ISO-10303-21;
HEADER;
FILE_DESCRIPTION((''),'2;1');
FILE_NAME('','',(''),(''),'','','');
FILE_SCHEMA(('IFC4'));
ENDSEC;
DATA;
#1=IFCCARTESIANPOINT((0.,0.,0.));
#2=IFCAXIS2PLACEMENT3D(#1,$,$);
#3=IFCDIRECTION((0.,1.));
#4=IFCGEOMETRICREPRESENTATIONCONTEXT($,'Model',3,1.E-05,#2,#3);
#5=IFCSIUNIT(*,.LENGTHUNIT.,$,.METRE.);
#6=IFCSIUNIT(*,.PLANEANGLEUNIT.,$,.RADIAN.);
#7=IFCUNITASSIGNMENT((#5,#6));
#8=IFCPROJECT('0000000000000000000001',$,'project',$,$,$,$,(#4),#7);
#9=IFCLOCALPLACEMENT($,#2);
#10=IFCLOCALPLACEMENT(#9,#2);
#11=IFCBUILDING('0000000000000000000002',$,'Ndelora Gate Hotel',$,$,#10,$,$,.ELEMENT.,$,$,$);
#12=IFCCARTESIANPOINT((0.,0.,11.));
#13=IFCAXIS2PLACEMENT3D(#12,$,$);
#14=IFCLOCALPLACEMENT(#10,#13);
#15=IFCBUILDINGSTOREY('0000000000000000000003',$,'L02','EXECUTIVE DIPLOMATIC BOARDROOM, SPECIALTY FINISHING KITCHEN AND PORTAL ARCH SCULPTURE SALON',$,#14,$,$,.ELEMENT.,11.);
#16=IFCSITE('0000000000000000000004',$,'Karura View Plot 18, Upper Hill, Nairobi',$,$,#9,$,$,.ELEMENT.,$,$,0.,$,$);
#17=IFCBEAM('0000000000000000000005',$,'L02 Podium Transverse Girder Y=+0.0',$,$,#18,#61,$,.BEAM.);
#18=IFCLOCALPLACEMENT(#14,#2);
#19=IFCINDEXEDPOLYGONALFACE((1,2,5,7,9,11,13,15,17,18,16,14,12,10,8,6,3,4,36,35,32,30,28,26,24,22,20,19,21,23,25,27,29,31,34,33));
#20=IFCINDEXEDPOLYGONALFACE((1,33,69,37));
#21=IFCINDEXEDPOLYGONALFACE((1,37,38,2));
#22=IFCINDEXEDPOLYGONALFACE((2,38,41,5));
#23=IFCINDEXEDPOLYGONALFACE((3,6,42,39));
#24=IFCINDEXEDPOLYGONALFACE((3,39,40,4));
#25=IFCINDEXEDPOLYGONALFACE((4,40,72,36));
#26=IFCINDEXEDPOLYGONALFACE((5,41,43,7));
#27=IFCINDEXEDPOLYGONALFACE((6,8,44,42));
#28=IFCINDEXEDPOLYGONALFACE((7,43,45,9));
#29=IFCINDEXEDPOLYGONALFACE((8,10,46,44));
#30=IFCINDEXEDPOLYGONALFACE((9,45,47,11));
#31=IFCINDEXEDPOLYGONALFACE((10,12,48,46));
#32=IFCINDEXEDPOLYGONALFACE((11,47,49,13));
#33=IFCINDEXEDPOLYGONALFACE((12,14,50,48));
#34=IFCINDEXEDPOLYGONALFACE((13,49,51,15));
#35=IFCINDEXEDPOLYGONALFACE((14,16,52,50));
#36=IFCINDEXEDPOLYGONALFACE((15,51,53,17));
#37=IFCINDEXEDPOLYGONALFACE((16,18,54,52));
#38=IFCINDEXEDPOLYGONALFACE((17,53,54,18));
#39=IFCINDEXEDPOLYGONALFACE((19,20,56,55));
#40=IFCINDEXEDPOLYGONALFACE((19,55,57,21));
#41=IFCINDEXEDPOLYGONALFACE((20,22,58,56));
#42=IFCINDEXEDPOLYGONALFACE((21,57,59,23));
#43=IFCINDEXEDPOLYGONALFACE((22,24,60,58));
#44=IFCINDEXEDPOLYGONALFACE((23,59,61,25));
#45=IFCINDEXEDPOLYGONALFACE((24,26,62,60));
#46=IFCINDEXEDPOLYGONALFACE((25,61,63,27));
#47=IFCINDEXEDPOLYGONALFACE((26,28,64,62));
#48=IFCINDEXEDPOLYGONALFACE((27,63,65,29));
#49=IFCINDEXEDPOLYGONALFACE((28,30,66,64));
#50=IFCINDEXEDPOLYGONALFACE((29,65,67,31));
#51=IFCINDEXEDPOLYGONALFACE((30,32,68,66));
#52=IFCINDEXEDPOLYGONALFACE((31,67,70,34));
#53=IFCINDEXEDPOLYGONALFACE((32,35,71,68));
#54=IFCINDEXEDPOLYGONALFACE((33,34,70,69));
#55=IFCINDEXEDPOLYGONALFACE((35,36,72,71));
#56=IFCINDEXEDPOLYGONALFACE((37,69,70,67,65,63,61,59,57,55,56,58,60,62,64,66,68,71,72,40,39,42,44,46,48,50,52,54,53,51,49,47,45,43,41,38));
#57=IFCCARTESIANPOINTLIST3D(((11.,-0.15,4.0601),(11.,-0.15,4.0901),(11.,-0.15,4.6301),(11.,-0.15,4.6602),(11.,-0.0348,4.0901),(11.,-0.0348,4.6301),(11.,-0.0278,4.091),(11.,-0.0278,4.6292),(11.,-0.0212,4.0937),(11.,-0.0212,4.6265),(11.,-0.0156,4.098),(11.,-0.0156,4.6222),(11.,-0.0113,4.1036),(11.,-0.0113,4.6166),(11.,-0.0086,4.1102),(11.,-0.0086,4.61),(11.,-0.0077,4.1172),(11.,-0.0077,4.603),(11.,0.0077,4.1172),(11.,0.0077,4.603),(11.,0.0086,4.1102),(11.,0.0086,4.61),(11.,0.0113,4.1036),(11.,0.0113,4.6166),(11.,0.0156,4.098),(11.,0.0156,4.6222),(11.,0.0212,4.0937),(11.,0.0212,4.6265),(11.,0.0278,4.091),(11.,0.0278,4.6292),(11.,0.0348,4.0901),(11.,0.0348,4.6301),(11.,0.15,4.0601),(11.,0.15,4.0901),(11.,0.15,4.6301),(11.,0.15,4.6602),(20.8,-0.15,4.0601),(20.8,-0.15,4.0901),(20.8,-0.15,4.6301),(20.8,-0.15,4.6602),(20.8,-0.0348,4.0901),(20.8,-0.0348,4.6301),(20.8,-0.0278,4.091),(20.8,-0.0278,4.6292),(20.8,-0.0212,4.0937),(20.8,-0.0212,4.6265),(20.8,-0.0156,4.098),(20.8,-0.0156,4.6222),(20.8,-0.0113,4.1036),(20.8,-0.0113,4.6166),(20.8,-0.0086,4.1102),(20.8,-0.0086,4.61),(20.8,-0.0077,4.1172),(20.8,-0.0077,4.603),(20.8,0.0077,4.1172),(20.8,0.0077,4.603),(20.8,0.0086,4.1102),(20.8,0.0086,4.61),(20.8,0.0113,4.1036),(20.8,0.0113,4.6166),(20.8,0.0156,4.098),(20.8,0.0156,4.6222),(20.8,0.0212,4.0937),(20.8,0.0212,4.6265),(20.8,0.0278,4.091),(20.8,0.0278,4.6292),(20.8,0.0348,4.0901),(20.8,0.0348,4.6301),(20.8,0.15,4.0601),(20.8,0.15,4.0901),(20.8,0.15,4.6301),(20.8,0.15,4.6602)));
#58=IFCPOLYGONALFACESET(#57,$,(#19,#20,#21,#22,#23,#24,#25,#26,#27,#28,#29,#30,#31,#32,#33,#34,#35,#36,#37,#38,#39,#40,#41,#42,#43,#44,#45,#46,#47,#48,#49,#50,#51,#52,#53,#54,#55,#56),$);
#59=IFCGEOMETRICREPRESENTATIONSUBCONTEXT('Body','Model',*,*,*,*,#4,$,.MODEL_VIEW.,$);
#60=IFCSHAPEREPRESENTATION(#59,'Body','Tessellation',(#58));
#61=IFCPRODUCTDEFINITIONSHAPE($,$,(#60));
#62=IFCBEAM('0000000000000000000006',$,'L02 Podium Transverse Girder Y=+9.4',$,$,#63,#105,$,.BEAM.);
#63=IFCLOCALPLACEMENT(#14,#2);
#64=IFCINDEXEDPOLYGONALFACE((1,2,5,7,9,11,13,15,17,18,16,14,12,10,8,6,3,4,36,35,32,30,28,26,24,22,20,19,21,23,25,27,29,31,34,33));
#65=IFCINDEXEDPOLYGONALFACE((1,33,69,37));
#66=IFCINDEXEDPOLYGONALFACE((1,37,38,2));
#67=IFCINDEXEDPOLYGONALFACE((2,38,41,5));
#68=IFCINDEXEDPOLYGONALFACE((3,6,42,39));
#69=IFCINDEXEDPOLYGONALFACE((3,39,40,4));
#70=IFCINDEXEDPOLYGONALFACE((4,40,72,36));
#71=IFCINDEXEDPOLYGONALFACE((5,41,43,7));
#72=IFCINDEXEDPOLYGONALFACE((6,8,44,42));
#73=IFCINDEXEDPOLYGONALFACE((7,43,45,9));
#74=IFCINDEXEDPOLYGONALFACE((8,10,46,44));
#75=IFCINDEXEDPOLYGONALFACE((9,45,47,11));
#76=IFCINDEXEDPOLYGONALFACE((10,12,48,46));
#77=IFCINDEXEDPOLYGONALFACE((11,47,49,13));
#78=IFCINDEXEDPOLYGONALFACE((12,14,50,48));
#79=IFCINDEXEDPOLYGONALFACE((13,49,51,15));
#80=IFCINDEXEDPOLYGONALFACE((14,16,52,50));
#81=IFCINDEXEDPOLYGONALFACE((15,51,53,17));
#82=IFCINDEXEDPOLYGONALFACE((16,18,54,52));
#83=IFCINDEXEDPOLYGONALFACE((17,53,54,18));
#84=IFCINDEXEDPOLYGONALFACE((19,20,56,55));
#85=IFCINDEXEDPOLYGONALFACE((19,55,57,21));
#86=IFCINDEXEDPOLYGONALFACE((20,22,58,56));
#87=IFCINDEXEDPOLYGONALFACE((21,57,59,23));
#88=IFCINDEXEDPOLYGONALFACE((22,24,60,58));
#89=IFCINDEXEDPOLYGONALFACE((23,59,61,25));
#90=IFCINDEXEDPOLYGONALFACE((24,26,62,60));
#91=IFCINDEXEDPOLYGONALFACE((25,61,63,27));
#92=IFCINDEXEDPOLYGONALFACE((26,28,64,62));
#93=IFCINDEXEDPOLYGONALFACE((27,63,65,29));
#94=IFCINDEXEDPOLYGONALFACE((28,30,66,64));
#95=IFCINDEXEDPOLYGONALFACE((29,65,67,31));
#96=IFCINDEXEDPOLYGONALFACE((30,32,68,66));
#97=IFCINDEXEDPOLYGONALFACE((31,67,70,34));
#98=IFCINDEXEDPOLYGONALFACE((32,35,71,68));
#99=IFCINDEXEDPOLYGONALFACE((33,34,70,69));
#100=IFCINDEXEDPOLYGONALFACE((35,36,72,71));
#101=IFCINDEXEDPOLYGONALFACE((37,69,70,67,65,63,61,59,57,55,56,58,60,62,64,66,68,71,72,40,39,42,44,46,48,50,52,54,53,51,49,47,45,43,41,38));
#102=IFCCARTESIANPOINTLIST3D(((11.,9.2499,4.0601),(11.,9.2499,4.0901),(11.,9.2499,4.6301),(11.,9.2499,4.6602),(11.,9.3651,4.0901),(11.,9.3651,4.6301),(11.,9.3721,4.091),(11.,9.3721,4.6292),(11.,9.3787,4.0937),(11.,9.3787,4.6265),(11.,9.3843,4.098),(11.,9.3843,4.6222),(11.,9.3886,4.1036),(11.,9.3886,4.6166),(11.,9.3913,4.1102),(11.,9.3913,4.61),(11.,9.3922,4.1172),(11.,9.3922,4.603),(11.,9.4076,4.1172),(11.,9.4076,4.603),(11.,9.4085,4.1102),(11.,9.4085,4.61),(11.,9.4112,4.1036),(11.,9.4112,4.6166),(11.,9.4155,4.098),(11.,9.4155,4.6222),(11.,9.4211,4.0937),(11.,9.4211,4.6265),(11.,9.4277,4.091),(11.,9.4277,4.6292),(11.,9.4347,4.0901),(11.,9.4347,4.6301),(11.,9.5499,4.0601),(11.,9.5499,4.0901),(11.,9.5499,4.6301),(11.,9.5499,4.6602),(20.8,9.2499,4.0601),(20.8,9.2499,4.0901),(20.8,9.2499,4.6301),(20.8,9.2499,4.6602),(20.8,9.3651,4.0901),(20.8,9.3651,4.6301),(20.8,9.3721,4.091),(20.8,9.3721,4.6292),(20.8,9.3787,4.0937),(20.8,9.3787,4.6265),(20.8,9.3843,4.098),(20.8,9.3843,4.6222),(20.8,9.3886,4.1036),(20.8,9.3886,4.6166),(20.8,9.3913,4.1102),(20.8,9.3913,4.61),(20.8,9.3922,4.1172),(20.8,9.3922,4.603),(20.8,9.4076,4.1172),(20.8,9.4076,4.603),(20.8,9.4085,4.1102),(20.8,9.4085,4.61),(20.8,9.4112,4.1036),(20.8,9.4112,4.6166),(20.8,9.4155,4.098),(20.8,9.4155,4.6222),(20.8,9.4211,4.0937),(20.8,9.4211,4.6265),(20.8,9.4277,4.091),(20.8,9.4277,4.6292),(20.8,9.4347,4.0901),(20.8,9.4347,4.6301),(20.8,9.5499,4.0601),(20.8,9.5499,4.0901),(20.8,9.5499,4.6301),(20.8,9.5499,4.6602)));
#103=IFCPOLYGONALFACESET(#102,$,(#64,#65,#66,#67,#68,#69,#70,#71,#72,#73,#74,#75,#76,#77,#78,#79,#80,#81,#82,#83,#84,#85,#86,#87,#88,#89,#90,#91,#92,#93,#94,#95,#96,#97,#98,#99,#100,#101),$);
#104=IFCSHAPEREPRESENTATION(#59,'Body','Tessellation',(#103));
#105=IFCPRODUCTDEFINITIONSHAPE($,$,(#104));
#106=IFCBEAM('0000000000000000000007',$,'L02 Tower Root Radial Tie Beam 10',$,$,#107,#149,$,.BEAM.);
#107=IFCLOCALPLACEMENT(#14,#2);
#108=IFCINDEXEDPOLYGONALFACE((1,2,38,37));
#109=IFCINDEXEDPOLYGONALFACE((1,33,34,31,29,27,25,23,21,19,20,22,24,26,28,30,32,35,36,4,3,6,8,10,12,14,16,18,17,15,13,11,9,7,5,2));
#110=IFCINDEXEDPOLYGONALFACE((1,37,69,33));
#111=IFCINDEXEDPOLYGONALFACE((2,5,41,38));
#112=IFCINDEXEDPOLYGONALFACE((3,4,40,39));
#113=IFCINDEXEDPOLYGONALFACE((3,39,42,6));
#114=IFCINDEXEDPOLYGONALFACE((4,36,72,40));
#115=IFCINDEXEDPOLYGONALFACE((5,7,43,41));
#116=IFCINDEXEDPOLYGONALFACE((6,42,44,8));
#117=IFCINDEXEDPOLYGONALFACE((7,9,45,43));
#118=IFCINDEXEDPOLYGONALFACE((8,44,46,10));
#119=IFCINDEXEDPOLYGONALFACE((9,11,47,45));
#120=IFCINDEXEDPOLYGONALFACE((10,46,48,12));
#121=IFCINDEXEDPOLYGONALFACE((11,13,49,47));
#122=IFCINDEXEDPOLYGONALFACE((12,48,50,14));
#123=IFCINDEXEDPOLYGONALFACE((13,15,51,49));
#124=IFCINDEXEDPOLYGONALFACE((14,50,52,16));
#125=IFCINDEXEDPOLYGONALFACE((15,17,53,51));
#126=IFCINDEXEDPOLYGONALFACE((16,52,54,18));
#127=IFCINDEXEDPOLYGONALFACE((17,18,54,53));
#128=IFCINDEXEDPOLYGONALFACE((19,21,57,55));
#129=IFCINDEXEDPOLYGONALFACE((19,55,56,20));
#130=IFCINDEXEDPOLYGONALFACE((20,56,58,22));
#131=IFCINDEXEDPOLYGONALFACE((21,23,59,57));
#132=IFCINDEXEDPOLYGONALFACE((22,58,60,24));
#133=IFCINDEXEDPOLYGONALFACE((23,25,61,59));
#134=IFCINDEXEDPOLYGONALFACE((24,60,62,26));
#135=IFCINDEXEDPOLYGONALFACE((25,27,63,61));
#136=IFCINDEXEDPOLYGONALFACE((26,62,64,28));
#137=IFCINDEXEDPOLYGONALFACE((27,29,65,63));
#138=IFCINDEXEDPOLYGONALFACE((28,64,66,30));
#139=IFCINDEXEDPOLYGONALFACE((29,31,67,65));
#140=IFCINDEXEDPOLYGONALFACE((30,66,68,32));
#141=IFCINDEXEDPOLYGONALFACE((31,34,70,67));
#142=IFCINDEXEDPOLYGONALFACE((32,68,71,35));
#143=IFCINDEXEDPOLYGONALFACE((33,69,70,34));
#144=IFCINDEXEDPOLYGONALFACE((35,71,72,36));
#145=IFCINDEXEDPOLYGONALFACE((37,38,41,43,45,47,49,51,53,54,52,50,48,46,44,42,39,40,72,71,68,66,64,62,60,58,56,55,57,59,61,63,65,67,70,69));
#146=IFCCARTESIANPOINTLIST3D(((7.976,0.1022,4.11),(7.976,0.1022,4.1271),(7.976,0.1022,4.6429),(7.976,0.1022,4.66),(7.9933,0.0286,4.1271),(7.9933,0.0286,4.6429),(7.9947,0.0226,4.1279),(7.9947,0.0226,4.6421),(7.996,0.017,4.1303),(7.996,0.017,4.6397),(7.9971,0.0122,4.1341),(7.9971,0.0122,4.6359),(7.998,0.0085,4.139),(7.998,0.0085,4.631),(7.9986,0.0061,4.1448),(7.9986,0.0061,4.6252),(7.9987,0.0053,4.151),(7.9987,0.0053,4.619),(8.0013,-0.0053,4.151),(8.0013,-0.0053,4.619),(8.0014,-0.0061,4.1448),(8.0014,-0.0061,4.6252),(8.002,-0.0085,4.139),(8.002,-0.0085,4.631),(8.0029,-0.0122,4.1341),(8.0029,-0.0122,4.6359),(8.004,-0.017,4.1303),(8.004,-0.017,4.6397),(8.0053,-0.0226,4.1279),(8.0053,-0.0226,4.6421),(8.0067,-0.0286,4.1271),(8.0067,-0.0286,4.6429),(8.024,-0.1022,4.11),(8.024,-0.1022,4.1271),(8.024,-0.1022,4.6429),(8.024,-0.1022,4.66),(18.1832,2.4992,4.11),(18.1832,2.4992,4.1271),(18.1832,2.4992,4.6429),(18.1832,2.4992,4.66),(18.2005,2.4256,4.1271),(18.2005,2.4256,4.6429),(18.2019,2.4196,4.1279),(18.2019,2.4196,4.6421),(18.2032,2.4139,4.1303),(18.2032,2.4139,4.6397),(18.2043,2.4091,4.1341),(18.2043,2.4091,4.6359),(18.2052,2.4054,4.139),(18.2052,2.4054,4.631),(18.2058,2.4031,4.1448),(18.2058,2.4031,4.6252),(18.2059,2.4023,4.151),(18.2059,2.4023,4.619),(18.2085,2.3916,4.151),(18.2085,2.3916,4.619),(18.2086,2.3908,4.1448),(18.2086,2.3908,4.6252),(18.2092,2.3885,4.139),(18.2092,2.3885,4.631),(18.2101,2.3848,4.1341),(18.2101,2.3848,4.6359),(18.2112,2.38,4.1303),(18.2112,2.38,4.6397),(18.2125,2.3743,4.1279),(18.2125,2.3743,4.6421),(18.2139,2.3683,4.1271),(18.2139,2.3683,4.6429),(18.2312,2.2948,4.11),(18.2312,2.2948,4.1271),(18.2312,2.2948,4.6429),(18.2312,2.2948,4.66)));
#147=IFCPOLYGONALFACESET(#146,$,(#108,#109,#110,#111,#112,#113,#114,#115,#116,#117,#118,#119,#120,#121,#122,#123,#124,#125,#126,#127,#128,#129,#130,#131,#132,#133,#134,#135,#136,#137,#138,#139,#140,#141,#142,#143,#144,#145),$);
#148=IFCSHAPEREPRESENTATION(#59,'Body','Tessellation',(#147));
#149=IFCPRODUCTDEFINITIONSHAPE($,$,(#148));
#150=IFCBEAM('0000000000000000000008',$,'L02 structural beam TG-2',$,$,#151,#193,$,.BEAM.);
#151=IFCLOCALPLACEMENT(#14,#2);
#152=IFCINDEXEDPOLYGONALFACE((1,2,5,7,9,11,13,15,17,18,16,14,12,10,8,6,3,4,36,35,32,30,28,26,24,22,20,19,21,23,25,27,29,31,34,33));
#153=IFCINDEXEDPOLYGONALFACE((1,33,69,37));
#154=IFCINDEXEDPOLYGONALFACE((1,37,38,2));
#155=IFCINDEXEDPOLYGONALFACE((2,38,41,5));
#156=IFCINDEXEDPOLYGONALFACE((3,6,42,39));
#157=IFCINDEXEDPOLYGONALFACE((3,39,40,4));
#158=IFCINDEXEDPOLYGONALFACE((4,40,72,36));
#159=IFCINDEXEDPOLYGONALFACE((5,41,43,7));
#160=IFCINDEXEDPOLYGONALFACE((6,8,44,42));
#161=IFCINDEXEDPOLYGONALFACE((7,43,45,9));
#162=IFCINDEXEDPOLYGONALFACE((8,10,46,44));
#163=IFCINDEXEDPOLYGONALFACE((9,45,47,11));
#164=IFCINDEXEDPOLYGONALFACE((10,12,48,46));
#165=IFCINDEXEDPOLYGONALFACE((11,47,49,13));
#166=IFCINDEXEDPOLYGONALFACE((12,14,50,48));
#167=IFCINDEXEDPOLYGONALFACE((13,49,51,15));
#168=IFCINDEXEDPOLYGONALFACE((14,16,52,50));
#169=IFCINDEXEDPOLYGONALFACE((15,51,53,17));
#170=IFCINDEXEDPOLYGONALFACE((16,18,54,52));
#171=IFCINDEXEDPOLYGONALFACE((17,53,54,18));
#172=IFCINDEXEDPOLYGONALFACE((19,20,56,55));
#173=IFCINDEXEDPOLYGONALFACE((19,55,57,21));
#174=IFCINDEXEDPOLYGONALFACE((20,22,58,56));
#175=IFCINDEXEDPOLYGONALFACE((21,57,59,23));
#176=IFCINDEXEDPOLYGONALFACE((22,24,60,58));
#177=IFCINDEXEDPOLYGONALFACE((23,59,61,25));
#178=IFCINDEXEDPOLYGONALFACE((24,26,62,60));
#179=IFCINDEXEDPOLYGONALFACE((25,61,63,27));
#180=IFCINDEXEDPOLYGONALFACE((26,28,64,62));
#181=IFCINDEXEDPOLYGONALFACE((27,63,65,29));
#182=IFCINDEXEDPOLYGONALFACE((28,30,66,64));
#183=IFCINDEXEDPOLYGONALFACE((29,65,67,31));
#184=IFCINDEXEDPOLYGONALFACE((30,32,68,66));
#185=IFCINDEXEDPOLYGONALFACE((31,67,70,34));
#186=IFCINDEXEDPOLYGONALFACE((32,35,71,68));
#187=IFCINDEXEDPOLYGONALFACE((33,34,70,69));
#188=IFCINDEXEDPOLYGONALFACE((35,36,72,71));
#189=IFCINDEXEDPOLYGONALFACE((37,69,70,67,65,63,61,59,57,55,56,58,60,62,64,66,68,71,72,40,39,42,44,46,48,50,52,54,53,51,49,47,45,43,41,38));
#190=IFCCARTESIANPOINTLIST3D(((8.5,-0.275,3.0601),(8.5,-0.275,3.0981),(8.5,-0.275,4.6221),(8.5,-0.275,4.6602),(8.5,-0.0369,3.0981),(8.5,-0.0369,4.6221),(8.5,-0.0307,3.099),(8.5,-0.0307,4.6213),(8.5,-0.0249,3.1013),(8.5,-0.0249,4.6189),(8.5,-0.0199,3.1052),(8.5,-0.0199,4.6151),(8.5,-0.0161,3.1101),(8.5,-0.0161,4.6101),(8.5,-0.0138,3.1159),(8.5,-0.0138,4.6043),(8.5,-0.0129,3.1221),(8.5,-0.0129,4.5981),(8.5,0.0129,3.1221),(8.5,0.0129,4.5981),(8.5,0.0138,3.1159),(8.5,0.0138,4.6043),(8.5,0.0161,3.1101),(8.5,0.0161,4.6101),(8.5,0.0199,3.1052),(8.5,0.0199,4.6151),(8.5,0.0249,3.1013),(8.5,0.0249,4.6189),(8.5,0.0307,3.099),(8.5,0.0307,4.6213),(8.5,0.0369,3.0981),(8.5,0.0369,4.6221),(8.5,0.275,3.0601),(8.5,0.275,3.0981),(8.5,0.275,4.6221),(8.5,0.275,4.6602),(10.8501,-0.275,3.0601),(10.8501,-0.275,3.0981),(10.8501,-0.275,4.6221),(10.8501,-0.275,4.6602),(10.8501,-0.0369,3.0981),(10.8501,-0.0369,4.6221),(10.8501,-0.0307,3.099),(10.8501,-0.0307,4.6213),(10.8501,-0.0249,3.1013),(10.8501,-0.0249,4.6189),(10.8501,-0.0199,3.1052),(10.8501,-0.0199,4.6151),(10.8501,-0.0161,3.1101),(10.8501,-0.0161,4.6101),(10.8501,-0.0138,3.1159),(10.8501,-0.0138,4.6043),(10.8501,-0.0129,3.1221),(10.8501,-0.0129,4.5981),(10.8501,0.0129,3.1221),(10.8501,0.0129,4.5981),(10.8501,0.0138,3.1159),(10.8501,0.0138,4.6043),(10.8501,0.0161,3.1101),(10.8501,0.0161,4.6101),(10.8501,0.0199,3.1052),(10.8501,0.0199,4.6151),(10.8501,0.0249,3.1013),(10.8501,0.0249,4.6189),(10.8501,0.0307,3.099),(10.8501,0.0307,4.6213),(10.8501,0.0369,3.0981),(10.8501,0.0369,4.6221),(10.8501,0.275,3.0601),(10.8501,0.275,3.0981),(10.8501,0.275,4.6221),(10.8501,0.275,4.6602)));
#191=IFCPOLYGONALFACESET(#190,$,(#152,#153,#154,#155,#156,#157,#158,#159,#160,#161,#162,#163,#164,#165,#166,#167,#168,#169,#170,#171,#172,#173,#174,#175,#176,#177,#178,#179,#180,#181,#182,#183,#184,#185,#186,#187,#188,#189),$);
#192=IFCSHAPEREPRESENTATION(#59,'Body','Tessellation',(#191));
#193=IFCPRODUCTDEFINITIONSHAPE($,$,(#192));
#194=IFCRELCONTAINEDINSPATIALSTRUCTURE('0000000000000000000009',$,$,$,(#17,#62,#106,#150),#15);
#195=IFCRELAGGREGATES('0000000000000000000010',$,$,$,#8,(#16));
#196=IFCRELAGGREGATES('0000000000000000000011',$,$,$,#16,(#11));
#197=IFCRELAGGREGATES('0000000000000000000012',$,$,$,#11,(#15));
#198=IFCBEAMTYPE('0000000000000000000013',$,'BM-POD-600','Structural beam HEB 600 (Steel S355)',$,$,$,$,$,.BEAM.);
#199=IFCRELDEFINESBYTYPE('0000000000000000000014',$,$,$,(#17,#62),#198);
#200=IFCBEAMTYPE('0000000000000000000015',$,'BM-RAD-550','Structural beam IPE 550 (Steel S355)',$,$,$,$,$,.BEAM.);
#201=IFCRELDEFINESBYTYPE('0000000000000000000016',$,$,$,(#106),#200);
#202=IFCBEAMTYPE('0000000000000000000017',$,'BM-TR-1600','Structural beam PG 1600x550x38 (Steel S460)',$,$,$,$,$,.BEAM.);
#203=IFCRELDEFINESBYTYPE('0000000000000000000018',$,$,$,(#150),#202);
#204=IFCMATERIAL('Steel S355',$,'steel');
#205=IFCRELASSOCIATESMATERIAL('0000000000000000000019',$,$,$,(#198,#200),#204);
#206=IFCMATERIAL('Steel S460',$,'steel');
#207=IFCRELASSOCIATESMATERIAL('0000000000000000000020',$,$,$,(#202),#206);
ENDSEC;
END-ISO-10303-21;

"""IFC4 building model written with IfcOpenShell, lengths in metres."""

from ifc_helpers import new_model, si_unit, direction, frame, origin, origin_2d, place, context, subcontext, project, spatial, i_section, extrude, material, material_profile, profile_set, type_object, element, save


model = new_model("IFC4")

# Units and contexts
model_context = context("Model", 3, precision=1e-05, world=origin(), true_north=direction((0.0, 1.0)))
body_context = subcontext(model_context, "Body", "Model", "MODEL_VIEW")
ifc_project = project(units=[si_unit("LENGTHUNIT", "METRE"), si_unit("PLANEANGLEUNIT", "RADIAN")], contexts=[model_context])

# Site, building, storey
site_placement = place(None, origin())
site = spatial("IfcSite", under=ifc_project, at=site_placement, Name="Karura View Plot 18, Upper Hill, Nairobi", CompositionType="ELEMENT", RefElevation=0.0)
building_placement = place(site_placement, origin())
building = spatial("IfcBuilding", under=site, at=building_placement, Name="Ndelora Gate Hotel", CompositionType="ELEMENT")
storey_placement = place(building_placement, frame((0.0, 0.0, 11.0)))
storey = spatial("IfcBuildingStorey", under=building, at=storey_placement, Name="L02", Description="EXECUTIVE DIPLOMATIC BOARDROOM, SPECIALTY FINISHING KITCHEN AND PORTAL ARCH SCULPTURE SALON", CompositionType="ELEMENT", Elevation=11.0)

# Beams
ifc_material_1 = material(Name="Steel S355", Category="steel")
ifc_material_profile_1 = material_profile(ifc_material_1, i_section(OverallWidth=0.3, OverallDepth=0.6001, WebThickness=0.0154, FlangeThickness=0.03, FilletRadius=0.0271, at=origin_2d()), Name="HEB 600")
ifc_profile_set_1 = profile_set([ifc_material_profile_1], Name="Steel S355")
beam_type_1 = type_object("IfcBeamType", Name="BM-POD-600", Description="Structural beam HEB 600 (Steel S355)", PredefinedType="BEAM", material=ifc_profile_set_1)
for number, where, z_axis, x_axis, name in (
    (1, (11.0, 0.0, 4.3601), (1.0, 0.0, 0.0), (0.0, 1.0, 0.0), "L02 Podium Transverse Girder Y=+0.0"),
    (2, (11.0, 9.3999, 4.3601), (1.0, 0.0, 0.0), (0.0, 1.0, 0.0), "L02 Podium Transverse Girder Y=+9.4"),
):
    element("IfcBeam", number, at=place(storey_placement, frame(where, z_axis=z_axis, x_axis=x_axis)), inside=storey, type_object=beam_type_1, Name=name, PredefinedType="BEAM", context=body_context, shape_type="SweptSolid", body=[
        extrude(i_section(OverallWidth=0.3, OverallDepth=0.6001, WebThickness=0.0154, FlangeThickness=0.03, FilletRadius=0.0271, at=origin_2d()), origin(), (0.0, 0.0, 1.0), 9.8),
    ])
ifc_material_profile_2 = material_profile(ifc_material_1, i_section(OverallWidth=0.21, OverallDepth=0.55, WebThickness=0.011, FlangeThickness=0.0171, FilletRadius=0.0239, at=origin_2d()), Name="IPE 550")
ifc_profile_set_2 = profile_set([ifc_material_profile_2], Name="Steel S355")
beam_type_2 = type_object("IfcBeamType", Name="BM-RAD-550", Description="Structural beam IPE 550 (Steel S355)", PredefinedType="BEAM", material=ifc_profile_set_2)
beam_1_placement = place(storey_placement, frame((8.0, 0.0, 4.385), z_axis=(0.973518, 0.228611, 0.0), x_axis=(-0.228611, 0.973518, 0.0)))
element("IfcBeam", 3, at=beam_1_placement, inside=storey, type_object=beam_type_2, Name="L02 Tower Root Radial Tie Beam 10", PredefinedType="BEAM", context=body_context, shape_type="SweptSolid", body=[
    extrude(i_section(OverallWidth=0.21, OverallDepth=0.55, WebThickness=0.011, FlangeThickness=0.0171, FilletRadius=0.0239, at=origin_2d()), origin(), (0.0, 0.0, 1.0), 10.4849),
])
ifc_material_2 = material(Name="Steel S460", Category="steel")
ifc_material_profile_3 = material_profile(ifc_material_2, i_section(OverallWidth=0.55, OverallDepth=1.6001, WebThickness=0.0259, FlangeThickness=0.0381, FilletRadius=0.0239, at=origin_2d()), Name="PG 1600x550x38")
ifc_profile_set_3 = profile_set([ifc_material_profile_3], Name="Steel S460")
beam_type_3 = type_object("IfcBeamType", Name="BM-TR-1600", Description="Structural beam PG 1600x550x38 (Steel S460)", PredefinedType="BEAM", material=ifc_profile_set_3)
beam_2_placement = place(storey_placement, frame((8.5, 0.0, 3.8601), z_axis=(1.0, 0.0, 0.0), x_axis=(0.0, 1.0, 0.0)))
element("IfcBeam", 4, at=beam_2_placement, inside=storey, type_object=beam_type_3, Name="L02 structural beam TG-2", PredefinedType="BEAM", context=body_context, shape_type="SweptSolid", body=[
    extrude(i_section(OverallWidth=0.55, OverallDepth=1.6001, WebThickness=0.0259, FlangeThickness=0.0381, FilletRadius=0.0239, at=origin_2d()), origin(), (0.0, 0.0, 1.0), 2.3501),
])

save(model, "model.ifc")
